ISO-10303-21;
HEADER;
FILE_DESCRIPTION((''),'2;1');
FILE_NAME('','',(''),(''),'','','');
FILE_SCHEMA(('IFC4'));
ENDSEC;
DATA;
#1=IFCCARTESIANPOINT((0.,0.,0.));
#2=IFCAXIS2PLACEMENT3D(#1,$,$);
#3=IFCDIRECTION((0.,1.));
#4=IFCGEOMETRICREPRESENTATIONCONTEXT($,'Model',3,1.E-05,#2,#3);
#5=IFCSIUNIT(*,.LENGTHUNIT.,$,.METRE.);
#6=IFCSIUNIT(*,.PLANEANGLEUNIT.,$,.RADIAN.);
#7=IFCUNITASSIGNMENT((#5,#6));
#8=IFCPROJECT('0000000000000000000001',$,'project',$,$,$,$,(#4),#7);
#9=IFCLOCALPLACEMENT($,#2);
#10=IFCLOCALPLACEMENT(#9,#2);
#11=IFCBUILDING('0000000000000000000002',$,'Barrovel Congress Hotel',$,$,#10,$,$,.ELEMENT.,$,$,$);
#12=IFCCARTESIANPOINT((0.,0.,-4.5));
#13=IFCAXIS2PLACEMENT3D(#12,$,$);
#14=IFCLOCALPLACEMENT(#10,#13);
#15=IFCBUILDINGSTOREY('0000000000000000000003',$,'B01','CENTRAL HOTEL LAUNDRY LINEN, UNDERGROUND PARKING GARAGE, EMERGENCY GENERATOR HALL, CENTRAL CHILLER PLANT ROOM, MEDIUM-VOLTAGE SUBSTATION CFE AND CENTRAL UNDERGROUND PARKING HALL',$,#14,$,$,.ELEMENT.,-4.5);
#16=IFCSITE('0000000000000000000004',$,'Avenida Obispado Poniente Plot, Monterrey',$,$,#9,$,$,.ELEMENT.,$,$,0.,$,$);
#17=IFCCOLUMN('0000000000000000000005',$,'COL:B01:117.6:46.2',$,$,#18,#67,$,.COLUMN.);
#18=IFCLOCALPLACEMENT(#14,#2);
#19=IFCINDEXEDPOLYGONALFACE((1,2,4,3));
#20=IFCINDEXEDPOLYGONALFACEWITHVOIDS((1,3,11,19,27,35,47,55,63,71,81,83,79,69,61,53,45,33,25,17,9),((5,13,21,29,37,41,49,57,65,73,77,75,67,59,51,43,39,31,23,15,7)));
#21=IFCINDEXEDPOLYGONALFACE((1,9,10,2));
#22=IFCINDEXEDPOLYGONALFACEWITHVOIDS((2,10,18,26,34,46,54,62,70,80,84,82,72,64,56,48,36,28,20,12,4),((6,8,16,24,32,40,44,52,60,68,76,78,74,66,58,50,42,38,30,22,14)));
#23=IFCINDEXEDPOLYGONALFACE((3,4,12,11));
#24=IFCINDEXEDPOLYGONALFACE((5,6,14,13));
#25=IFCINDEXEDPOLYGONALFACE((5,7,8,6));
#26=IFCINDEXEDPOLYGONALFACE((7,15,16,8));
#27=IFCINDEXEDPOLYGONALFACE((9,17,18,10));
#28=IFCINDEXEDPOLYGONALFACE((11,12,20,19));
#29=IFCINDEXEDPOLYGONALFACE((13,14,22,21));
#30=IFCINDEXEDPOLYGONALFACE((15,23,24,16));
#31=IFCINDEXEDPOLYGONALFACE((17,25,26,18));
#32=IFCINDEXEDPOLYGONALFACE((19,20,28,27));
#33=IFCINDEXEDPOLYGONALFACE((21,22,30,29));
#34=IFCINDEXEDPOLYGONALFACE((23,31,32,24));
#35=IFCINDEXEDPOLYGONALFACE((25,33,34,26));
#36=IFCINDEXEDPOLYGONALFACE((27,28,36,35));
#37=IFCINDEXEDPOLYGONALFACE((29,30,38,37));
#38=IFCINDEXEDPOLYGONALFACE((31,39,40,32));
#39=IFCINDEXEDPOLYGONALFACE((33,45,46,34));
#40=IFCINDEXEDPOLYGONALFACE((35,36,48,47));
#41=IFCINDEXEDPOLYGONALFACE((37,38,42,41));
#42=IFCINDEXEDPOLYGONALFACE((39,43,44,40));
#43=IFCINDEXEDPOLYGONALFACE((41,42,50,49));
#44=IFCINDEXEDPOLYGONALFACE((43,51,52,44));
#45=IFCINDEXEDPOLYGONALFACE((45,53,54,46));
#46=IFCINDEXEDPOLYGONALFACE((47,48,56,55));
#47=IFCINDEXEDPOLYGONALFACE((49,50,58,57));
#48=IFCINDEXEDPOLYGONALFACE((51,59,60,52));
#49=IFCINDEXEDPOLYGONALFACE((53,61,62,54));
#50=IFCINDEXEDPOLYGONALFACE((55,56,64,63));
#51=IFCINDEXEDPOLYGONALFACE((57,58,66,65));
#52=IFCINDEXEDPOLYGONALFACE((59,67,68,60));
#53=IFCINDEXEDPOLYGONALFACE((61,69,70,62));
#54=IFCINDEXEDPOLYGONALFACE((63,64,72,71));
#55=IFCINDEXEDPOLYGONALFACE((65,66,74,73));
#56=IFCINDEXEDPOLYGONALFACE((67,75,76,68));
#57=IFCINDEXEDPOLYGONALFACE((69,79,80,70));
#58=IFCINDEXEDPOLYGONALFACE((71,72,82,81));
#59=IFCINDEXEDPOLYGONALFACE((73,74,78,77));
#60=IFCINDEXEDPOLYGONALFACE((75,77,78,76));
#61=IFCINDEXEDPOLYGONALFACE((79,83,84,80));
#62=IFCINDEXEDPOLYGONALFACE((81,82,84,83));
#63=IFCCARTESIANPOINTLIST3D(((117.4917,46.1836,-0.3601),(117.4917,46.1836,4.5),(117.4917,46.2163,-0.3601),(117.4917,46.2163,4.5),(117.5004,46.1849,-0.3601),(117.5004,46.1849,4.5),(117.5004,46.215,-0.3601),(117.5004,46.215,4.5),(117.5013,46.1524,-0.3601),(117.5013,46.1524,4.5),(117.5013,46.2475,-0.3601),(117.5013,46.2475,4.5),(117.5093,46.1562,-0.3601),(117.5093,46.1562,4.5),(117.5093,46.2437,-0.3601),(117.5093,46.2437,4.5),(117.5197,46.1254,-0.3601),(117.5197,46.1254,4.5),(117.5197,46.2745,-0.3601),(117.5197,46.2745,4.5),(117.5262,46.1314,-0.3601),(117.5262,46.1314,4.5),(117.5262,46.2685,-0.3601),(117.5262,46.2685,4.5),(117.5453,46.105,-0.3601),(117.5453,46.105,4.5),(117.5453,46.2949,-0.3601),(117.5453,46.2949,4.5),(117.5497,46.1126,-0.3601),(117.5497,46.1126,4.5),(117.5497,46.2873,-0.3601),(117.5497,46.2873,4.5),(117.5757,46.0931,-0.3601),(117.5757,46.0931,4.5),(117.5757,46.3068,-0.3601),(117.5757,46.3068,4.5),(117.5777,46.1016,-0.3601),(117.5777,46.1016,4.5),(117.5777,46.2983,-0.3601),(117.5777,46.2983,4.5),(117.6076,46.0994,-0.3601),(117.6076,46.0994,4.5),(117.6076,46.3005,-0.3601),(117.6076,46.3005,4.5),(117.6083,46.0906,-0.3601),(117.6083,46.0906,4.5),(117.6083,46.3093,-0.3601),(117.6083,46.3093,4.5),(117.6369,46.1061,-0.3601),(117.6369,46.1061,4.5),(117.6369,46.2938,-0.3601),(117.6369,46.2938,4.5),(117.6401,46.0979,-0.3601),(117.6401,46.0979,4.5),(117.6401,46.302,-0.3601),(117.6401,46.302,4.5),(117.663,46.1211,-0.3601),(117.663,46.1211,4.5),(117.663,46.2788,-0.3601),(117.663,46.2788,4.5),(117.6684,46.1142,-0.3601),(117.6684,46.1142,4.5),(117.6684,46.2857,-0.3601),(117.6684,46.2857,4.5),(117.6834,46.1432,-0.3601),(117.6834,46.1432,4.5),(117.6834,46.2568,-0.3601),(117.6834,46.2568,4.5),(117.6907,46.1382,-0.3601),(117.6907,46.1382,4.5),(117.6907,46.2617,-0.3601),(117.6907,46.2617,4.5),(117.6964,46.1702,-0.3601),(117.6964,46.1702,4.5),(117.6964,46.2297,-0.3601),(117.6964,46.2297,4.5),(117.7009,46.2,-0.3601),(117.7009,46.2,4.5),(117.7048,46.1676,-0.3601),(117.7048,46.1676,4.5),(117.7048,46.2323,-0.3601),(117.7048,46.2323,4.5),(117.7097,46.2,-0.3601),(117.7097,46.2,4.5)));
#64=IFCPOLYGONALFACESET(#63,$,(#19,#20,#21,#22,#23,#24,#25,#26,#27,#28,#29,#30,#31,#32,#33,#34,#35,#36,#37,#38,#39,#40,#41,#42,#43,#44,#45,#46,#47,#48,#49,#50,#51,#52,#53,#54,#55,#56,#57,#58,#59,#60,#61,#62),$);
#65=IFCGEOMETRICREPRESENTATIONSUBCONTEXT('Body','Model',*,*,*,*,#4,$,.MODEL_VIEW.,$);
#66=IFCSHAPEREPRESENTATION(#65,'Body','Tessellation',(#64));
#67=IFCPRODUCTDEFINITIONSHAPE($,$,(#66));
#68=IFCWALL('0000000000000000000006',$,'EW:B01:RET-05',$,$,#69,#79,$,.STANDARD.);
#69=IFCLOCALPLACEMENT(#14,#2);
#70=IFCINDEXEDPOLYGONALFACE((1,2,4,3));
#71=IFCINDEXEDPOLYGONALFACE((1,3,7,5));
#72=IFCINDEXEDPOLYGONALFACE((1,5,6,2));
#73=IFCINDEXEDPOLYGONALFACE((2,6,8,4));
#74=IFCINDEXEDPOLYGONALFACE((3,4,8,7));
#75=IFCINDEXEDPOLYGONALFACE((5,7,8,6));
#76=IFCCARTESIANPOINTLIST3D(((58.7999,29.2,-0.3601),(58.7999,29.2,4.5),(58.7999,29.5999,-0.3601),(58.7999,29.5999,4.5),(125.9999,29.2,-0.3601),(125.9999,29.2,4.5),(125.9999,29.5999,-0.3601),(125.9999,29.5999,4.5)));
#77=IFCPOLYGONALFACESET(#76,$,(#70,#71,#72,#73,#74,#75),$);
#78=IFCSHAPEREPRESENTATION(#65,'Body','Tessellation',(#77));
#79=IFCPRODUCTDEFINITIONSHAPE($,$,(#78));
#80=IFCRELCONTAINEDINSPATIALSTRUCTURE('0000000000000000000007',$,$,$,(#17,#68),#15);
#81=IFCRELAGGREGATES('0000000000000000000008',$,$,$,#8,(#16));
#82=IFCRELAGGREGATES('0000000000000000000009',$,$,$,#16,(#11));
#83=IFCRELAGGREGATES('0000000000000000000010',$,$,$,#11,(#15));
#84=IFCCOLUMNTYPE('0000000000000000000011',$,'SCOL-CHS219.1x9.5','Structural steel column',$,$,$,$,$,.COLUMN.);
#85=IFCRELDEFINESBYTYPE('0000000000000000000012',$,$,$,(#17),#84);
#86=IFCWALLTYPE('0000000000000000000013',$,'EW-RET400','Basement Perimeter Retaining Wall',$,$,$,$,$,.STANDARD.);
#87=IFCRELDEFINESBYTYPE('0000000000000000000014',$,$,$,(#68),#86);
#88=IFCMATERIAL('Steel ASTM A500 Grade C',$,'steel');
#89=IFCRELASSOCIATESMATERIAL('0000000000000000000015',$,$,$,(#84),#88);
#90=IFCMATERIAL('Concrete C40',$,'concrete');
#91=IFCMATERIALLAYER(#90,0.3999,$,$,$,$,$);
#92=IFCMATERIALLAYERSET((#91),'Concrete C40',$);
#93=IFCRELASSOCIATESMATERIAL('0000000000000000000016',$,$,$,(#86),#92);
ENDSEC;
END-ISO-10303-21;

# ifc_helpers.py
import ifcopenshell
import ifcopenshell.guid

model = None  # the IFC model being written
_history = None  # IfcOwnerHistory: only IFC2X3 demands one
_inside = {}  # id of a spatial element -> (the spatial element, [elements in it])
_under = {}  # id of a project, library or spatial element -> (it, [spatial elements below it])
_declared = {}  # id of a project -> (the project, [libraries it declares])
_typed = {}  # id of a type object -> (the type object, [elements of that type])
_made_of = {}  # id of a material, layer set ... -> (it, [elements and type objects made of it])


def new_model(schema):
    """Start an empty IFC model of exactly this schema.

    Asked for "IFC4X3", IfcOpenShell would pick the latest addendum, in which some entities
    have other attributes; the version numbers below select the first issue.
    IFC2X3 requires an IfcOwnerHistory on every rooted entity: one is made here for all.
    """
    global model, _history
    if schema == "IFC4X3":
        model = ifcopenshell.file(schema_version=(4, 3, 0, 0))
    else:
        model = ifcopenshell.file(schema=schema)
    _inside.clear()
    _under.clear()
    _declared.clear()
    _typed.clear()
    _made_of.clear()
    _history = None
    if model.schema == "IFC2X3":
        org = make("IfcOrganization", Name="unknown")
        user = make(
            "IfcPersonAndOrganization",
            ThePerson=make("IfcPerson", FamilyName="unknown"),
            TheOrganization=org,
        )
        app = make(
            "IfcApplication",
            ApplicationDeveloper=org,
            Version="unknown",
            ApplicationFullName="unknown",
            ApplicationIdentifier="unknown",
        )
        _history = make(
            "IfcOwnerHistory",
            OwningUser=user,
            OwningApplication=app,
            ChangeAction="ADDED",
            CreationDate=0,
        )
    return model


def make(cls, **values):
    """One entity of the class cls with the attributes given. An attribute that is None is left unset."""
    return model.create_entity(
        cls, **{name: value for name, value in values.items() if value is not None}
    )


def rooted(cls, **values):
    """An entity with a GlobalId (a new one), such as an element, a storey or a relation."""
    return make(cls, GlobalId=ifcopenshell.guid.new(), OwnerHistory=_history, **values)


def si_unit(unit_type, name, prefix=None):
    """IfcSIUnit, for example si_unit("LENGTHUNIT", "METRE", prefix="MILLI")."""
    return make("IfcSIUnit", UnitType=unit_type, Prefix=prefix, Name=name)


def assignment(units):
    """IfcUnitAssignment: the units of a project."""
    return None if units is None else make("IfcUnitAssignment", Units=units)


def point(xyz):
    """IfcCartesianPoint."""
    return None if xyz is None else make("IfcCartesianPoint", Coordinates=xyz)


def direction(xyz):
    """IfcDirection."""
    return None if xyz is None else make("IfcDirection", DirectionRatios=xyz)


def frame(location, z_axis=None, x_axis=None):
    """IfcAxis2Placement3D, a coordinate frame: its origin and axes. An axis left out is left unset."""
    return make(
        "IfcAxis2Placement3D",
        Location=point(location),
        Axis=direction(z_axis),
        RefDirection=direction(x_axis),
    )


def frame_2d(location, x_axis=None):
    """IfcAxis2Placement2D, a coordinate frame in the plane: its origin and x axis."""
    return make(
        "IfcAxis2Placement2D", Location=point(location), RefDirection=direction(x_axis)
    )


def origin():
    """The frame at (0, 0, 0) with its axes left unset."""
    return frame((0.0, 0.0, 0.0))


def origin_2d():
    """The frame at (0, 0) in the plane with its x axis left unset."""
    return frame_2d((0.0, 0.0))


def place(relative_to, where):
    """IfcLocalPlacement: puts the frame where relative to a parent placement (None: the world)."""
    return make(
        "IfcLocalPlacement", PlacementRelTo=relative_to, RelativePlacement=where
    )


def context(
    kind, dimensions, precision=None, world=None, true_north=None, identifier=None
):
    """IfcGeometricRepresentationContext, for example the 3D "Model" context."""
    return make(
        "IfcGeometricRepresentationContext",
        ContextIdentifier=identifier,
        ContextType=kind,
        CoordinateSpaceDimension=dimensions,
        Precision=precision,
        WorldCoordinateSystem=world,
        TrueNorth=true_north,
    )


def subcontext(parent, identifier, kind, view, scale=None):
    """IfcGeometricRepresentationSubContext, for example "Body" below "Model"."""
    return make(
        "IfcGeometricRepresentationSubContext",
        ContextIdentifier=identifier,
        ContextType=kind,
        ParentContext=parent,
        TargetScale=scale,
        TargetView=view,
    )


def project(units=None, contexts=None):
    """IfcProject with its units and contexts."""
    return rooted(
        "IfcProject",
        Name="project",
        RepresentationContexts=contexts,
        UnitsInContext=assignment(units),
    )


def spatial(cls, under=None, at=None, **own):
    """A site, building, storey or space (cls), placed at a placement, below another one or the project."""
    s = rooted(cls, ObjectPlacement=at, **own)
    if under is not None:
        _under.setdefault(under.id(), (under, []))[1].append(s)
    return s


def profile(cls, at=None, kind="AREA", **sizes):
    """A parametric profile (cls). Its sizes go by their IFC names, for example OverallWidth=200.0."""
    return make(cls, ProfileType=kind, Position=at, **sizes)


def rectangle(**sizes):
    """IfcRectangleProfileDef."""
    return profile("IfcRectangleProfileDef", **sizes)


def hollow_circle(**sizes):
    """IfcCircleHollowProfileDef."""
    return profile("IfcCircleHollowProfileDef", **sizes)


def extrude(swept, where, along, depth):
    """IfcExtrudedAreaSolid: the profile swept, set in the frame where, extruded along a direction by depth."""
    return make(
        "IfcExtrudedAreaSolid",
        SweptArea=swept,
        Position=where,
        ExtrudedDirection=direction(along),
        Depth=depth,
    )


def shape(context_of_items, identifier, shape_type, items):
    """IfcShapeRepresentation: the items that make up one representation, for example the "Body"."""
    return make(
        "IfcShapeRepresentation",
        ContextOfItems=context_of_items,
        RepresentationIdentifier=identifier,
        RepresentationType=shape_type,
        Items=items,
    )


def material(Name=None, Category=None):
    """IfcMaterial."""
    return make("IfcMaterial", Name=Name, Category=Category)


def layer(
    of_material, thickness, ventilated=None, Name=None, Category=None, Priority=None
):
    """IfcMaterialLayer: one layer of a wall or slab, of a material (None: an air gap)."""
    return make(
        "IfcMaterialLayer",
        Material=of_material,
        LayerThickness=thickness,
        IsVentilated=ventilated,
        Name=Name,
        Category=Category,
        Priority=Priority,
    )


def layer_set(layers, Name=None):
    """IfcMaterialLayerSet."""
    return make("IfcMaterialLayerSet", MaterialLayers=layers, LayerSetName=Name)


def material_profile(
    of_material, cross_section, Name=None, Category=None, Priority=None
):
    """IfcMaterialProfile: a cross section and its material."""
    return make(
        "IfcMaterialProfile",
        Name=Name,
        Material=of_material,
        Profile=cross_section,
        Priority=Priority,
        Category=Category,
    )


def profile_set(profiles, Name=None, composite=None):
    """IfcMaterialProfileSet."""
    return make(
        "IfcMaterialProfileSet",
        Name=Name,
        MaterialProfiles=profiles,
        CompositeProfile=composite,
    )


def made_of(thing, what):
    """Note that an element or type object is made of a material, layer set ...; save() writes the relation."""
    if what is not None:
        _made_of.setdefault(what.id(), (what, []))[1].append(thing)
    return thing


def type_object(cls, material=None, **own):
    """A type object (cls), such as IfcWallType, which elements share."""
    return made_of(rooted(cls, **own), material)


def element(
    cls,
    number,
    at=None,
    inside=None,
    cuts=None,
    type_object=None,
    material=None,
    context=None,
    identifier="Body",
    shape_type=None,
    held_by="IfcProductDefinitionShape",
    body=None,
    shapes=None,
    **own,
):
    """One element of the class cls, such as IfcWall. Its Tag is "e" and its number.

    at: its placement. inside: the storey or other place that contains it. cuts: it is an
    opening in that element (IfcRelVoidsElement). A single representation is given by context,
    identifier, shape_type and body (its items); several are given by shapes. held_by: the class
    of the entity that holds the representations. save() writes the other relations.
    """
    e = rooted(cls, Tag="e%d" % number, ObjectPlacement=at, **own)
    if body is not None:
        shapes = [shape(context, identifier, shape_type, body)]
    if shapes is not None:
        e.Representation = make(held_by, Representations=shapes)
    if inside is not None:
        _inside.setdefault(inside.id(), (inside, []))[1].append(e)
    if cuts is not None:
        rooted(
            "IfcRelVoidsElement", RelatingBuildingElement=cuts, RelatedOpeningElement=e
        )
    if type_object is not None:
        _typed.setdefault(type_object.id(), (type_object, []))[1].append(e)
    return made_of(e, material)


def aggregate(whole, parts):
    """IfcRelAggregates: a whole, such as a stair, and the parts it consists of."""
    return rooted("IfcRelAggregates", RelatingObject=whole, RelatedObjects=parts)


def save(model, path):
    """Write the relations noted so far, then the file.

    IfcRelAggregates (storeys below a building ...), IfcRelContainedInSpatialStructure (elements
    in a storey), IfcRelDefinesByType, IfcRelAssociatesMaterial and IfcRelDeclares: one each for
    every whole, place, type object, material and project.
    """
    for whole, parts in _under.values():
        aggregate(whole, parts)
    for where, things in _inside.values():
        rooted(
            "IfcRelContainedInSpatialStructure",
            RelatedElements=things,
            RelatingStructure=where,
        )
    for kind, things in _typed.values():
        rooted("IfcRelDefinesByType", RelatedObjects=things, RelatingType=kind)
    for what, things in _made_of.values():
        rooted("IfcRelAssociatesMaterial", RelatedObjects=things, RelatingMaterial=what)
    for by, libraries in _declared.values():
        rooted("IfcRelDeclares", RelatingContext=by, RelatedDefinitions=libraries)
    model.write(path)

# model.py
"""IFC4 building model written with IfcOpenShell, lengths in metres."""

from ifc_helpers import new_model, si_unit, direction, frame, frame_2d, origin, origin_2d, place, context, subcontext, project, spatial, rectangle, hollow_circle, extrude, material, layer, layer_set, material_profile, profile_set, type_object, element, save


model = new_model("IFC4")

# Units and contexts
model_context = context("Model", 3, precision=1e-05, world=origin(), true_north=direction((0.0, 1.0)))
body_context = subcontext(model_context, "Body", "Model", "MODEL_VIEW")
ifc_project = project(units=[si_unit("LENGTHUNIT", "METRE"), si_unit("PLANEANGLEUNIT", "RADIAN")], contexts=[model_context])

# Site, building, storey
site_placement = place(None, origin())
site = spatial("IfcSite", under=ifc_project, at=site_placement, Name="Avenida Obispado Poniente Plot, Monterrey", CompositionType="ELEMENT", RefElevation=0.0)
building_placement = place(site_placement, origin())
building = spatial("IfcBuilding", under=site, at=building_placement, Name="Barrovel Congress Hotel", CompositionType="ELEMENT")
storey_placement = place(building_placement, frame((0.0, 0.0, -4.5)))
storey = spatial("IfcBuildingStorey", under=building, at=storey_placement, Name="B01", Description="CENTRAL HOTEL LAUNDRY LINEN, UNDERGROUND PARKING GARAGE, EMERGENCY GENERATOR HALL, CENTRAL CHILLER PLANT ROOM, MEDIUM-VOLTAGE SUBSTATION CFE AND CENTRAL UNDERGROUND PARKING HALL", CompositionType="ELEMENT", Elevation=-4.5)

# Shared definitions
ifc_material_1 = material(Name="Concrete C40", Category="concrete")

# Column
ifc_material_2 = material(Name="Steel ASTM A500 Grade C", Category="steel")
ifc_material_profile_1 = material_profile(ifc_material_2, hollow_circle(Radius=0.1096, WallThickness=0.0088, at=origin_2d()), Name="CHS219.1x9.5")
ifc_profile_set_1 = profile_set([ifc_material_profile_1], Name="Steel ASTM A500 Grade C")
column_type_1 = type_object("IfcColumnType", Name="SCOL-CHS219.1x9.5", Description="Structural steel column", PredefinedType="COLUMN", material=ifc_profile_set_1)
for number, where, z_axis, x_axis, name in (
    (1, (117.6001, 46.2, -0.3601), (0.0, 0.0, 1.0), (1.0, 0.0, 0.0), "COL:B01:117.6:46.2"),
):
    element("IfcColumn", number, at=place(storey_placement, frame(where, z_axis=z_axis, x_axis=x_axis)), inside=storey, type_object=column_type_1, Name=name, PredefinedType="COLUMN", context=body_context, shape_type="SweptSolid", body=[
        extrude(hollow_circle(Radius=0.1096, WallThickness=0.0088, at=origin_2d()), origin(), (0.0, 0.0, 1.0), 4.8601),
    ])

# Wall
ifc_layer = layer(ifc_material_1, 0.3999)
ifc_layer_set = layer_set([ifc_layer], Name="Concrete C40")
wall_type = type_object("IfcWallType", Name="EW-RET400", Description="Basement Perimeter Retaining Wall", PredefinedType="STANDARD", material=ifc_layer_set)
wall_placement = place(storey_placement, frame((126.0, 29.3999, -0.3601), z_axis=(0.0, 0.0, 1.0), x_axis=(-1.0, 0.0, 0.0)))
element("IfcWall", 2, at=wall_placement, inside=storey, type_object=wall_type, Name="EW:B01:RET-05", PredefinedType="STANDARD", context=body_context, shape_type="SweptSolid", body=[
    extrude(rectangle(XDim=67.2, YDim=0.3999, at=frame_2d((33.6001, 0.0))), origin(), (0.0, 0.0, 1.0), 4.8601),
])

save(model, "model.ifc")
